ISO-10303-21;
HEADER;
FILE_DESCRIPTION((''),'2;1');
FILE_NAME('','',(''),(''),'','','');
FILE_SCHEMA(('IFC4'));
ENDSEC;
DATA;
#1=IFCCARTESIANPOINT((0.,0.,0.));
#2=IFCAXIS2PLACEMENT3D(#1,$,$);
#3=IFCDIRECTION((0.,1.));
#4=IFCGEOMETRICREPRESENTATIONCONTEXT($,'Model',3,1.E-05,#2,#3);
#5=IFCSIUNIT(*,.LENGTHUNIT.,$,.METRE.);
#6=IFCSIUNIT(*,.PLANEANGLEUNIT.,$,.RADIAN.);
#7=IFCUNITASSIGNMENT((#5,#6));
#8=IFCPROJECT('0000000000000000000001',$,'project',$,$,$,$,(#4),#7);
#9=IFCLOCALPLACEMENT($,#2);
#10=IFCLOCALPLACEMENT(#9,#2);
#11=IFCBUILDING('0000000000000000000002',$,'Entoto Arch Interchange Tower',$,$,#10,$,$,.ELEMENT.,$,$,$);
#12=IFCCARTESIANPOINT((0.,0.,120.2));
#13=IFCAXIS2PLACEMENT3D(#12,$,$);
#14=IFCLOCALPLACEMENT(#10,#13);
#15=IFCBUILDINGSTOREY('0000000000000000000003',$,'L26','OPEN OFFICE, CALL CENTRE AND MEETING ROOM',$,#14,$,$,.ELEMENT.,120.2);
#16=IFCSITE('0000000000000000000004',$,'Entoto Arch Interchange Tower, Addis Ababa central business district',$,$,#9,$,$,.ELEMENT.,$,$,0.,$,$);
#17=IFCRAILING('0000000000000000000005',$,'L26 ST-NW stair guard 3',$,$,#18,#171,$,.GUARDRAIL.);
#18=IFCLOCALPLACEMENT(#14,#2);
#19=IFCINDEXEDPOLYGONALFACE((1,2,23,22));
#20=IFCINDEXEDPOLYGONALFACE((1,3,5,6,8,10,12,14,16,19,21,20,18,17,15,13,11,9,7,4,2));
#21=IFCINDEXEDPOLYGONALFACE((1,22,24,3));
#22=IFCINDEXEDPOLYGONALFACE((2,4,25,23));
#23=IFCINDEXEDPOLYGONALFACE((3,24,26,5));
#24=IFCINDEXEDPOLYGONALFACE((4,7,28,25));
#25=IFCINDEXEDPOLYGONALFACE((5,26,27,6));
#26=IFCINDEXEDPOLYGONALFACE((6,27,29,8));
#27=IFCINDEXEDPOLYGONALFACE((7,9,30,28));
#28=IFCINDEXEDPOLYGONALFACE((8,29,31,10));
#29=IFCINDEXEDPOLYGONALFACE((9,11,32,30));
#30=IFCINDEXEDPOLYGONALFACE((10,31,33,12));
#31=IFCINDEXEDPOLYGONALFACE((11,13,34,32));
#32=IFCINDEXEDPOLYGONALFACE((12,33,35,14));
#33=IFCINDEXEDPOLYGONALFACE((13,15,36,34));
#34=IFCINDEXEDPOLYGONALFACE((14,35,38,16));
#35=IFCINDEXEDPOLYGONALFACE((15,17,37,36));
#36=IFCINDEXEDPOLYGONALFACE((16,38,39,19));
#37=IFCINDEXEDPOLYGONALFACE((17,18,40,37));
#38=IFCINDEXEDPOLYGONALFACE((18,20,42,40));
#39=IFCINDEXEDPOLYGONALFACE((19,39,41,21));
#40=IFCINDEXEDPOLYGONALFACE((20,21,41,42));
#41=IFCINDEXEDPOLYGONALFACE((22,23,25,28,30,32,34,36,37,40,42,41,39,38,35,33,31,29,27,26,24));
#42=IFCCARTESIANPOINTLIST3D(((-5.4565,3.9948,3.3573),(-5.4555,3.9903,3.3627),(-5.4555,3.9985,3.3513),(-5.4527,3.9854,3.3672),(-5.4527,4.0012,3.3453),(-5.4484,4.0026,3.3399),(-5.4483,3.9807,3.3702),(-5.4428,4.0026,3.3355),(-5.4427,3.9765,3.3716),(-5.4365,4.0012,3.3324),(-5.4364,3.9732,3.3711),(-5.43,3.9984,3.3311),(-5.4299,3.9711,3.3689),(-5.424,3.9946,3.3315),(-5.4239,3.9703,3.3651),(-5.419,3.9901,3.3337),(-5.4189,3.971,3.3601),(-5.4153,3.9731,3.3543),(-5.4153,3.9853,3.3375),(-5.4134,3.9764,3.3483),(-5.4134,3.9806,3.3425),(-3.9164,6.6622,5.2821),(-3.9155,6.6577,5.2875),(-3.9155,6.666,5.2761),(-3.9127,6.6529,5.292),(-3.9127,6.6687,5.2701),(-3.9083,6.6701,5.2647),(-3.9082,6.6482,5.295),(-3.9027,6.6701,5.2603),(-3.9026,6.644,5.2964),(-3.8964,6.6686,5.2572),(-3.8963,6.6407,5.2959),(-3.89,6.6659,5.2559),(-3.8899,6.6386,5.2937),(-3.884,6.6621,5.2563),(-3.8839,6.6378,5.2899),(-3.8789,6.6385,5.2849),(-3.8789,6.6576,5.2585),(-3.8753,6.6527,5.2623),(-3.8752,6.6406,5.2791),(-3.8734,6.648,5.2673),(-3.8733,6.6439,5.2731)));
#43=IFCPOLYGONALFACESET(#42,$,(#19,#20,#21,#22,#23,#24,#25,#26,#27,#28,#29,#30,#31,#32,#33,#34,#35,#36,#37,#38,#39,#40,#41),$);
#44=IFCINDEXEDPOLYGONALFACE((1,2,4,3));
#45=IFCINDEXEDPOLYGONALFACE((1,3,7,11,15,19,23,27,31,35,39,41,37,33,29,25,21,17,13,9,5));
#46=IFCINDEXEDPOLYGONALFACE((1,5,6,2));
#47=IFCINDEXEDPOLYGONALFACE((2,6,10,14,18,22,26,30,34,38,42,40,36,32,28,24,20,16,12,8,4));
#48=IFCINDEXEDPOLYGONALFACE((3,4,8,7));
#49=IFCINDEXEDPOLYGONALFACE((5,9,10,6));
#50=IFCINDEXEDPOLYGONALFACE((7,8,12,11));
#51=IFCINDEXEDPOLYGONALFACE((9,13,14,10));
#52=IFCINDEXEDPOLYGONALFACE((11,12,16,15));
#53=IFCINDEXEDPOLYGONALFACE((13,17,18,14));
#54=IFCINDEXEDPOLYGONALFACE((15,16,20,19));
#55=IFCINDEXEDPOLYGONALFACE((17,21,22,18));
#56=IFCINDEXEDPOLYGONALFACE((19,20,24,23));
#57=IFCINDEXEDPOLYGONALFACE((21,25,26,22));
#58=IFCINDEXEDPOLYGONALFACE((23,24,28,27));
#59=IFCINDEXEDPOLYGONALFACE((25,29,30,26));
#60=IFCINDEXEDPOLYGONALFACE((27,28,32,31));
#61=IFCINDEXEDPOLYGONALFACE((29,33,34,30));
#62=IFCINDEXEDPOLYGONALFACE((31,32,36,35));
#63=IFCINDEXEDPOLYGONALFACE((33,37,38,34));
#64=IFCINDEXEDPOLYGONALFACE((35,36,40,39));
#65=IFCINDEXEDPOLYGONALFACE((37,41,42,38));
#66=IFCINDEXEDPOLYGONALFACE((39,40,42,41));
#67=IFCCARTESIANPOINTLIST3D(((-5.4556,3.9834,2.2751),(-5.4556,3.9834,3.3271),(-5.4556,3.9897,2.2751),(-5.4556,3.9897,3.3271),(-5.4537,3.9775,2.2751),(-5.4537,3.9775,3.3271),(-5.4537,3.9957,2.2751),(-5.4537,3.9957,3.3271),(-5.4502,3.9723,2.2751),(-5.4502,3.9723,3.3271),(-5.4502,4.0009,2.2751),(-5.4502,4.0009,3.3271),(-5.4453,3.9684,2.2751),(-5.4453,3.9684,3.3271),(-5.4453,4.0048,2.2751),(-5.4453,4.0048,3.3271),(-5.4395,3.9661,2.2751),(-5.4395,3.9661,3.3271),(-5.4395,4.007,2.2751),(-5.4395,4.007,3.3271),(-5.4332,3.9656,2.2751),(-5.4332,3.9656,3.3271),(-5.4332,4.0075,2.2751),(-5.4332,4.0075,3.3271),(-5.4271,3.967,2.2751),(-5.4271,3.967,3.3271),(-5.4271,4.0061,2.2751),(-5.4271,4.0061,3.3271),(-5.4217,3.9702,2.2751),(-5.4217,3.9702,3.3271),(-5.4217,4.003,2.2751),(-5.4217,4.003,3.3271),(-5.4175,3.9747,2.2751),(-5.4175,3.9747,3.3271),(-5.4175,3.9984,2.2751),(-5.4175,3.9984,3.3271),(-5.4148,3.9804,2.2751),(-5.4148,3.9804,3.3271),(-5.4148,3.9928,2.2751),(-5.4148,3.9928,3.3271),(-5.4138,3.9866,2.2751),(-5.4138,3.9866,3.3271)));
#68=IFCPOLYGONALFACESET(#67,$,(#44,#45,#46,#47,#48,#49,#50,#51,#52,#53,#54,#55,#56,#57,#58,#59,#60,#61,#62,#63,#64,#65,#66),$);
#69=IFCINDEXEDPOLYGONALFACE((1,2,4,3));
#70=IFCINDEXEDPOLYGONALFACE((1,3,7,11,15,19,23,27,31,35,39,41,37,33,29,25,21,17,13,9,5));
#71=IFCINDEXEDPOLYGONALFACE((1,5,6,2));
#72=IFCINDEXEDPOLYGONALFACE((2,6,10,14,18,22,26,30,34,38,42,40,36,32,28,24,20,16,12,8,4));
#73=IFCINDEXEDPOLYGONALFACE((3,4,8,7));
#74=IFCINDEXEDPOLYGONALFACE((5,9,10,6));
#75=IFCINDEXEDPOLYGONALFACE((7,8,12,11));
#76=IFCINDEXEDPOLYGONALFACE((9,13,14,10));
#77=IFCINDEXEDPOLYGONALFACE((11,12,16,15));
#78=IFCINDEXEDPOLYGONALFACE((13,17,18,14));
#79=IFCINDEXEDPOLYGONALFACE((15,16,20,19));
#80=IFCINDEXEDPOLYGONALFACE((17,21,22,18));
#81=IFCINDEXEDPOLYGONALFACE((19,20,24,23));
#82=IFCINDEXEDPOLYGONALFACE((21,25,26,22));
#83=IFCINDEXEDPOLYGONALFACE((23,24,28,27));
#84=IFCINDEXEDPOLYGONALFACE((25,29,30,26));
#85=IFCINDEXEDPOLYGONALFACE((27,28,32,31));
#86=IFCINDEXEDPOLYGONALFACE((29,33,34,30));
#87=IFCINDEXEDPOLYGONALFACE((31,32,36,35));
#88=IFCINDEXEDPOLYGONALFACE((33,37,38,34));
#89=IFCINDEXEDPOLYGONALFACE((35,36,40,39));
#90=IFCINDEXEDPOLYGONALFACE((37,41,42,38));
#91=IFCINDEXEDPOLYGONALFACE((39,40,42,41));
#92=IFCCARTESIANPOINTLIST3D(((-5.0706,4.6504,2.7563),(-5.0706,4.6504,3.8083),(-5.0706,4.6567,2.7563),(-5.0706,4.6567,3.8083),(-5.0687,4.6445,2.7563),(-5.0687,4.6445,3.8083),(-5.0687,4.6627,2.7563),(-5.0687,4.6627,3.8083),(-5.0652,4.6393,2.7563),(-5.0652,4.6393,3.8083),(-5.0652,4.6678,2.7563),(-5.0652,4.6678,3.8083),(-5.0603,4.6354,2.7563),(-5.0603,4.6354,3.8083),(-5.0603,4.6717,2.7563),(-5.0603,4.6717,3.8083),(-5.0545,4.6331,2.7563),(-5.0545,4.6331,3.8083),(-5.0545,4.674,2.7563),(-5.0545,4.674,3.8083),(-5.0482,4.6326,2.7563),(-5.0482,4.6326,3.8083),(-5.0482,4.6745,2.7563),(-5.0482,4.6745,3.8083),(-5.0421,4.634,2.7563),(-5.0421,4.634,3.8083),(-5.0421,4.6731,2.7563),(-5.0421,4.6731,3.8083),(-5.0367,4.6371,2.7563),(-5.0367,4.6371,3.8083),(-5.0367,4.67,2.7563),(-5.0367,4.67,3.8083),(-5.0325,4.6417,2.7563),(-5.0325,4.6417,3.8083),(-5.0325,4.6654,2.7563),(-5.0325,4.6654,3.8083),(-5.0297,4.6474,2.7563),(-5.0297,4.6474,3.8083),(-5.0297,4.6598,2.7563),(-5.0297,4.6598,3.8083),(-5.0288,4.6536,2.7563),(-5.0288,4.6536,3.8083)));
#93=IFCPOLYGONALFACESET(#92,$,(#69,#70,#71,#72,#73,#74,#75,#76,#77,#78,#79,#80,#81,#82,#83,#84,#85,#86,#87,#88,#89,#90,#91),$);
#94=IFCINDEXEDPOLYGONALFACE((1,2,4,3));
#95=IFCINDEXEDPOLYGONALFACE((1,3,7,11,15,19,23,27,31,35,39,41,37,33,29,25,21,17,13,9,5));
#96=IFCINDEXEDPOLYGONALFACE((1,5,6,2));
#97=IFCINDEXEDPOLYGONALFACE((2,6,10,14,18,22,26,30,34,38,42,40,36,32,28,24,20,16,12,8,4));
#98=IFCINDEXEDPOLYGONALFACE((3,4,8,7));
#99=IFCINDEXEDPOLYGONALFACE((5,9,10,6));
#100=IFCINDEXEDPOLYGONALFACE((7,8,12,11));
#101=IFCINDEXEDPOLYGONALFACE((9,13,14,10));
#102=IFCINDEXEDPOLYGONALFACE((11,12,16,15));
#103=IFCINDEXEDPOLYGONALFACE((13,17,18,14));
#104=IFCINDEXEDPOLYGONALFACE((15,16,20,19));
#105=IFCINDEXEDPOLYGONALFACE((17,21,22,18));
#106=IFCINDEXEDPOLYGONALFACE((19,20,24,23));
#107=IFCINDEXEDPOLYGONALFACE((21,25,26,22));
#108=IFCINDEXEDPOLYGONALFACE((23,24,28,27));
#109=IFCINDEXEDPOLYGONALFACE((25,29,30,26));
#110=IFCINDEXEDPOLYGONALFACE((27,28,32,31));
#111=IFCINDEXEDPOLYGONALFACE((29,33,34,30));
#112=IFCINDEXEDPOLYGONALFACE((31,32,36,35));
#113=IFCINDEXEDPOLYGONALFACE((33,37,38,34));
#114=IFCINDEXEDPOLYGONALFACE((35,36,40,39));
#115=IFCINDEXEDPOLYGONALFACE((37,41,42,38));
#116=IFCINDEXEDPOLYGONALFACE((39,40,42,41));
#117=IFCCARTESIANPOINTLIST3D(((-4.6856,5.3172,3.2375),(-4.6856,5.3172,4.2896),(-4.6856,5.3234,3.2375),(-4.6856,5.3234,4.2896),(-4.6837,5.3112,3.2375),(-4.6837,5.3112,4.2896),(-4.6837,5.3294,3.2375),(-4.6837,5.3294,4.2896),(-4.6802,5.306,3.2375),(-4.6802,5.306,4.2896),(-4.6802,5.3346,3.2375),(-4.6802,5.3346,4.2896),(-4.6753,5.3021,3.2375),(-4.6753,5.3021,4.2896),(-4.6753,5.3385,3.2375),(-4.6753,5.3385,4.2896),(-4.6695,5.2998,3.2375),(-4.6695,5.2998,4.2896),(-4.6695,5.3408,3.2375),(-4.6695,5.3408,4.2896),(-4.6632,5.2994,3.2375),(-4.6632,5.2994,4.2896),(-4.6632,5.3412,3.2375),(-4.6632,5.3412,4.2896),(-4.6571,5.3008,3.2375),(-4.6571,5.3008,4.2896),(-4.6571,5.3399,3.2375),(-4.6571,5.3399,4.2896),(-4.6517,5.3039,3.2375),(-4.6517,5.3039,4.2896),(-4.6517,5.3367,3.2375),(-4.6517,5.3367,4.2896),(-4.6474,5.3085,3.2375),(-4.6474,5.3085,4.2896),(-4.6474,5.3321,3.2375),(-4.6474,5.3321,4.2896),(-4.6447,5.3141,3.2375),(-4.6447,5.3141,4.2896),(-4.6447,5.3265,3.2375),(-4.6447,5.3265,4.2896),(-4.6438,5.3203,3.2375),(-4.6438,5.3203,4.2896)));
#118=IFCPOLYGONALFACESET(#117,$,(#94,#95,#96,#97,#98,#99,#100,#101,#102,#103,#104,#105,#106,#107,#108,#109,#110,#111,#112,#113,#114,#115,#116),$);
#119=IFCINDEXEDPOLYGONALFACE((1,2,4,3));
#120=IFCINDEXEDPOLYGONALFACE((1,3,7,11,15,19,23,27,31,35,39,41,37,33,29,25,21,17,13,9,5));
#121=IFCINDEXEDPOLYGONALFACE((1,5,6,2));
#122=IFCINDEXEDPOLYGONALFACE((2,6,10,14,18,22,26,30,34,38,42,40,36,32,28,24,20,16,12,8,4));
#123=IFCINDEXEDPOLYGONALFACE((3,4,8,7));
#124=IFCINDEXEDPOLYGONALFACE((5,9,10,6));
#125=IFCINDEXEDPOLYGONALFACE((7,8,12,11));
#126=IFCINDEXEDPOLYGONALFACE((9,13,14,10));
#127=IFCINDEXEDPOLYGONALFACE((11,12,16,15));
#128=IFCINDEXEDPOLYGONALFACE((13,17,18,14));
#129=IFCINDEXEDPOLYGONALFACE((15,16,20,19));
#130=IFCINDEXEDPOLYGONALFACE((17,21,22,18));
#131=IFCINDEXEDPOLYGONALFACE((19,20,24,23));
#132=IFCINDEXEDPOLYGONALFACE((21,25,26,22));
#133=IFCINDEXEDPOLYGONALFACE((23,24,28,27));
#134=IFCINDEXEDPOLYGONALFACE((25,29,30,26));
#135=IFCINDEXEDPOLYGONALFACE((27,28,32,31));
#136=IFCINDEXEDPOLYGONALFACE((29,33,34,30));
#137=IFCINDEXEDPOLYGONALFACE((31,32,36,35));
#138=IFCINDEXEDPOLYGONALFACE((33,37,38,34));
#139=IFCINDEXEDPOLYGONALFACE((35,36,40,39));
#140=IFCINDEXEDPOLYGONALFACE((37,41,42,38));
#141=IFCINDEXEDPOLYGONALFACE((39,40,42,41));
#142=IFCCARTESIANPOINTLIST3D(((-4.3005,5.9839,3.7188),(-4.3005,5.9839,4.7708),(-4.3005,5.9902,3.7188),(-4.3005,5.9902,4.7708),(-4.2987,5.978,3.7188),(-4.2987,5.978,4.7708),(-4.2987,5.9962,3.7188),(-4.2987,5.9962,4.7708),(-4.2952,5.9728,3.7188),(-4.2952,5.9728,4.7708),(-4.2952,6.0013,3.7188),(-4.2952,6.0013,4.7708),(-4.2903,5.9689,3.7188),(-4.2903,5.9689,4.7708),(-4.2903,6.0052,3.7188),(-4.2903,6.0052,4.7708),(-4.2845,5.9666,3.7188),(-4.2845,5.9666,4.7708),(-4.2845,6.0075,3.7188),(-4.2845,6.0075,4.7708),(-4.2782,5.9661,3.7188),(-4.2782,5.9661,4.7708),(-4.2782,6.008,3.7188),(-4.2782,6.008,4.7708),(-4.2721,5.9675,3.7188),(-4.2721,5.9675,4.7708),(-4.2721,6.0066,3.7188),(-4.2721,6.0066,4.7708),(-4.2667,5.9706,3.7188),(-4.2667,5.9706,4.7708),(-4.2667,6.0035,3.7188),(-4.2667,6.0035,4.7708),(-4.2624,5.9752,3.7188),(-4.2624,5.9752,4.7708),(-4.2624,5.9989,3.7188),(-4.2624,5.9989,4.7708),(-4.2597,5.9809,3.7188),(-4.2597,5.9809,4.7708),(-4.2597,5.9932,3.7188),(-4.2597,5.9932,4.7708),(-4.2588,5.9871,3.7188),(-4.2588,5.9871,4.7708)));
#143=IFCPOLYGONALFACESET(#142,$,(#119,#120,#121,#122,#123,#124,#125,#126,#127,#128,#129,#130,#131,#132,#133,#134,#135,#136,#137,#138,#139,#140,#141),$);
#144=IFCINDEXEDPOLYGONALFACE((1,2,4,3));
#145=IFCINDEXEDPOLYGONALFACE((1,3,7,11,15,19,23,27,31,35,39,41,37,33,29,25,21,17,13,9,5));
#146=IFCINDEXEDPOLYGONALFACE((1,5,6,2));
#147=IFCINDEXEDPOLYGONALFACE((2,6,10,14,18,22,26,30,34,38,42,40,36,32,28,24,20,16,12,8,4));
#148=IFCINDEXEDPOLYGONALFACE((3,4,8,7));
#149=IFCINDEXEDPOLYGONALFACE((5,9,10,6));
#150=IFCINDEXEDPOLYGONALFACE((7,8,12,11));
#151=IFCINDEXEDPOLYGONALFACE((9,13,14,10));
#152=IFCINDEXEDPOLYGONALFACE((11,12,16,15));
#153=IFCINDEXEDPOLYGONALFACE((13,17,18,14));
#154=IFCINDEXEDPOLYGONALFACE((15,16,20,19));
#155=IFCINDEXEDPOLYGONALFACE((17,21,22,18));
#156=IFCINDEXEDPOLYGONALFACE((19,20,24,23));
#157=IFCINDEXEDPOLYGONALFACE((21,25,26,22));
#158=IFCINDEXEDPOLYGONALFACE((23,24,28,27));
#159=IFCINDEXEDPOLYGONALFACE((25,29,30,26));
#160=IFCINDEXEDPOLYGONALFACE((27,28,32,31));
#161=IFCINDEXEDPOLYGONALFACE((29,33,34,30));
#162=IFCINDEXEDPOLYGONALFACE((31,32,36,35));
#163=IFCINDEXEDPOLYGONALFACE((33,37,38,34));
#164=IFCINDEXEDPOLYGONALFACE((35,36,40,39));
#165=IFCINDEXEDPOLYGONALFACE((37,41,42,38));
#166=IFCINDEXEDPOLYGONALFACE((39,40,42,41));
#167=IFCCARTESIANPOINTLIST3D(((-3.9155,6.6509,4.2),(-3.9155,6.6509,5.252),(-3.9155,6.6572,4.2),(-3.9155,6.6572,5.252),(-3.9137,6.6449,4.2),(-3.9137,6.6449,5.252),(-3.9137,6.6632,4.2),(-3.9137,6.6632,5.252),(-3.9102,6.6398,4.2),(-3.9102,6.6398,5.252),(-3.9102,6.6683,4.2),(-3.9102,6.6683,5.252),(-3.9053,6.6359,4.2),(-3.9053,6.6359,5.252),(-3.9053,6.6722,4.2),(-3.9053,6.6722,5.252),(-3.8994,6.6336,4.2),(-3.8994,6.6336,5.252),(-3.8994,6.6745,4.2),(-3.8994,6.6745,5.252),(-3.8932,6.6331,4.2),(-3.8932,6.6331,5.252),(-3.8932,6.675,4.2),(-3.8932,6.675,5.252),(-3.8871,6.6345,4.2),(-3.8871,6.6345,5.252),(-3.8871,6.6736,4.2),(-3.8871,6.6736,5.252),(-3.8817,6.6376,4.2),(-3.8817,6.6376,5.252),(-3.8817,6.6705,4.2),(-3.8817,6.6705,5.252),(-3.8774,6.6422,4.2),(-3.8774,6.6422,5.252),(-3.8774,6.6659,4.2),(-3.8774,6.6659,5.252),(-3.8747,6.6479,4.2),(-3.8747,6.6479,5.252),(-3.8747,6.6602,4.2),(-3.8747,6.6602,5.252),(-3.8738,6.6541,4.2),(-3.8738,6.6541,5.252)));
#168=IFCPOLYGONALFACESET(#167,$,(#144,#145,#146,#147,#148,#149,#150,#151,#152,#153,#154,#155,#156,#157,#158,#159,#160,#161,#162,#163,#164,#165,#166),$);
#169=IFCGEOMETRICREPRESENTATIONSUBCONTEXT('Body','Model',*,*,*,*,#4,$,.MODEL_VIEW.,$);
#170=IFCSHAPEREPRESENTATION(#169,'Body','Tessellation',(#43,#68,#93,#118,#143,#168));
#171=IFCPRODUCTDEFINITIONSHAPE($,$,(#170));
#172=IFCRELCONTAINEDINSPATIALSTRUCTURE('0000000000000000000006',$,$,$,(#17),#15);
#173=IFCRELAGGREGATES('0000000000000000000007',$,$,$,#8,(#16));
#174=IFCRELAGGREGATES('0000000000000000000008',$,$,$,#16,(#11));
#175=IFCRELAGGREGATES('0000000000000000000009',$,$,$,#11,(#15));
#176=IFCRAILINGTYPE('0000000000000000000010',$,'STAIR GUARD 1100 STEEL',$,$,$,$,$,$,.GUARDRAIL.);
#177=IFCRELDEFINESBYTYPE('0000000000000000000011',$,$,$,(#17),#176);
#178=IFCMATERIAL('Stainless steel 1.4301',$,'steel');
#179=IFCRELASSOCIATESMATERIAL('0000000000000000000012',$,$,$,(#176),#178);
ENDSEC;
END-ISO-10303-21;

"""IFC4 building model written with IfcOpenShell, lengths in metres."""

from ifc_helpers import new_model, si_unit, direction, frame, origin, origin_2d, place, context, subcontext, project, spatial, circle, extrude, material, type_object, element, save


model = new_model("IFC4")

# Units and contexts
model_context = context("Model", 3, precision=1e-05, world=origin(), true_north=direction((0.0, 1.0)))
body_context = subcontext(model_context, "Body", "Model", "MODEL_VIEW")
ifc_project = project(units=[si_unit("LENGTHUNIT", "METRE"), si_unit("PLANEANGLEUNIT", "RADIAN")], contexts=[model_context])

# Site, building, storey
site_placement = place(None, origin())
site = spatial("IfcSite", under=ifc_project, at=site_placement, Name="Entoto Arch Interchange Tower, Addis Ababa central business district", CompositionType="ELEMENT", RefElevation=0.0)
building_placement = place(site_placement, origin())
building = spatial("IfcBuilding", under=site, at=building_placement, Name="Entoto Arch Interchange Tower", CompositionType="ELEMENT")
storey_placement = place(building_placement, frame((0.0, 0.0, 120.2)))
storey = spatial("IfcBuildingStorey", under=building, at=storey_placement, Name="L26", Description="OPEN OFFICE, CALL CENTRE AND MEETING ROOM", CompositionType="ELEMENT", Elevation=120.2)

# Railing
ifc_material_1 = material(Name="Stainless steel 1.4301", Category="steel")
railing_type_1 = type_object("IfcRailingType", Name="STAIR GUARD 1100 STEEL", PredefinedType="GUARDRAIL", material=ifc_material_1)
railing_1_placement = place(storey_placement, frame((-5.4348, 3.9866, 2.2751)))
element("IfcRailing", 1, at=railing_1_placement, inside=storey, type_object=railing_type_1, Name="L26 ST-NW stair guard 3", PredefinedType="GUARDRAIL", context=body_context, shape_type="SweptSolid", body=[
    extrude(circle(Radius=0.0239, at=origin_2d()), frame((0.0, 0.0, 1.0762), z_axis=(0.42401, 0.734421, 0.529945), x_axis=(-0.86603, 0.499992, 0.0)), (0.0, 0.0, 1.0), 3.6321),
    extrude(circle(Radius=0.021, at=origin_2d()), origin(), (0.0, 0.0, 1.0), 1.052),
    extrude(circle(Radius=0.021, at=origin_2d()), frame((0.385, 0.667, 0.4812)), (0.0, 0.0, 1.0), 1.052),
    extrude(circle(Radius=0.021, at=origin_2d()), frame((0.77, 1.3337, 0.9624)), (0.0, 0.0, 1.0), 1.052),
    extrude(circle(Radius=0.021, at=origin_2d()), frame((1.155, 2.0005, 1.4436)), (0.0, 0.0, 1.0), 1.052),
    extrude(circle(Radius=0.021, at=origin_2d()), frame((1.54, 2.6675, 1.9248)), (0.0, 0.0, 1.0), 1.052),
])

save(model, "model.ifc")
